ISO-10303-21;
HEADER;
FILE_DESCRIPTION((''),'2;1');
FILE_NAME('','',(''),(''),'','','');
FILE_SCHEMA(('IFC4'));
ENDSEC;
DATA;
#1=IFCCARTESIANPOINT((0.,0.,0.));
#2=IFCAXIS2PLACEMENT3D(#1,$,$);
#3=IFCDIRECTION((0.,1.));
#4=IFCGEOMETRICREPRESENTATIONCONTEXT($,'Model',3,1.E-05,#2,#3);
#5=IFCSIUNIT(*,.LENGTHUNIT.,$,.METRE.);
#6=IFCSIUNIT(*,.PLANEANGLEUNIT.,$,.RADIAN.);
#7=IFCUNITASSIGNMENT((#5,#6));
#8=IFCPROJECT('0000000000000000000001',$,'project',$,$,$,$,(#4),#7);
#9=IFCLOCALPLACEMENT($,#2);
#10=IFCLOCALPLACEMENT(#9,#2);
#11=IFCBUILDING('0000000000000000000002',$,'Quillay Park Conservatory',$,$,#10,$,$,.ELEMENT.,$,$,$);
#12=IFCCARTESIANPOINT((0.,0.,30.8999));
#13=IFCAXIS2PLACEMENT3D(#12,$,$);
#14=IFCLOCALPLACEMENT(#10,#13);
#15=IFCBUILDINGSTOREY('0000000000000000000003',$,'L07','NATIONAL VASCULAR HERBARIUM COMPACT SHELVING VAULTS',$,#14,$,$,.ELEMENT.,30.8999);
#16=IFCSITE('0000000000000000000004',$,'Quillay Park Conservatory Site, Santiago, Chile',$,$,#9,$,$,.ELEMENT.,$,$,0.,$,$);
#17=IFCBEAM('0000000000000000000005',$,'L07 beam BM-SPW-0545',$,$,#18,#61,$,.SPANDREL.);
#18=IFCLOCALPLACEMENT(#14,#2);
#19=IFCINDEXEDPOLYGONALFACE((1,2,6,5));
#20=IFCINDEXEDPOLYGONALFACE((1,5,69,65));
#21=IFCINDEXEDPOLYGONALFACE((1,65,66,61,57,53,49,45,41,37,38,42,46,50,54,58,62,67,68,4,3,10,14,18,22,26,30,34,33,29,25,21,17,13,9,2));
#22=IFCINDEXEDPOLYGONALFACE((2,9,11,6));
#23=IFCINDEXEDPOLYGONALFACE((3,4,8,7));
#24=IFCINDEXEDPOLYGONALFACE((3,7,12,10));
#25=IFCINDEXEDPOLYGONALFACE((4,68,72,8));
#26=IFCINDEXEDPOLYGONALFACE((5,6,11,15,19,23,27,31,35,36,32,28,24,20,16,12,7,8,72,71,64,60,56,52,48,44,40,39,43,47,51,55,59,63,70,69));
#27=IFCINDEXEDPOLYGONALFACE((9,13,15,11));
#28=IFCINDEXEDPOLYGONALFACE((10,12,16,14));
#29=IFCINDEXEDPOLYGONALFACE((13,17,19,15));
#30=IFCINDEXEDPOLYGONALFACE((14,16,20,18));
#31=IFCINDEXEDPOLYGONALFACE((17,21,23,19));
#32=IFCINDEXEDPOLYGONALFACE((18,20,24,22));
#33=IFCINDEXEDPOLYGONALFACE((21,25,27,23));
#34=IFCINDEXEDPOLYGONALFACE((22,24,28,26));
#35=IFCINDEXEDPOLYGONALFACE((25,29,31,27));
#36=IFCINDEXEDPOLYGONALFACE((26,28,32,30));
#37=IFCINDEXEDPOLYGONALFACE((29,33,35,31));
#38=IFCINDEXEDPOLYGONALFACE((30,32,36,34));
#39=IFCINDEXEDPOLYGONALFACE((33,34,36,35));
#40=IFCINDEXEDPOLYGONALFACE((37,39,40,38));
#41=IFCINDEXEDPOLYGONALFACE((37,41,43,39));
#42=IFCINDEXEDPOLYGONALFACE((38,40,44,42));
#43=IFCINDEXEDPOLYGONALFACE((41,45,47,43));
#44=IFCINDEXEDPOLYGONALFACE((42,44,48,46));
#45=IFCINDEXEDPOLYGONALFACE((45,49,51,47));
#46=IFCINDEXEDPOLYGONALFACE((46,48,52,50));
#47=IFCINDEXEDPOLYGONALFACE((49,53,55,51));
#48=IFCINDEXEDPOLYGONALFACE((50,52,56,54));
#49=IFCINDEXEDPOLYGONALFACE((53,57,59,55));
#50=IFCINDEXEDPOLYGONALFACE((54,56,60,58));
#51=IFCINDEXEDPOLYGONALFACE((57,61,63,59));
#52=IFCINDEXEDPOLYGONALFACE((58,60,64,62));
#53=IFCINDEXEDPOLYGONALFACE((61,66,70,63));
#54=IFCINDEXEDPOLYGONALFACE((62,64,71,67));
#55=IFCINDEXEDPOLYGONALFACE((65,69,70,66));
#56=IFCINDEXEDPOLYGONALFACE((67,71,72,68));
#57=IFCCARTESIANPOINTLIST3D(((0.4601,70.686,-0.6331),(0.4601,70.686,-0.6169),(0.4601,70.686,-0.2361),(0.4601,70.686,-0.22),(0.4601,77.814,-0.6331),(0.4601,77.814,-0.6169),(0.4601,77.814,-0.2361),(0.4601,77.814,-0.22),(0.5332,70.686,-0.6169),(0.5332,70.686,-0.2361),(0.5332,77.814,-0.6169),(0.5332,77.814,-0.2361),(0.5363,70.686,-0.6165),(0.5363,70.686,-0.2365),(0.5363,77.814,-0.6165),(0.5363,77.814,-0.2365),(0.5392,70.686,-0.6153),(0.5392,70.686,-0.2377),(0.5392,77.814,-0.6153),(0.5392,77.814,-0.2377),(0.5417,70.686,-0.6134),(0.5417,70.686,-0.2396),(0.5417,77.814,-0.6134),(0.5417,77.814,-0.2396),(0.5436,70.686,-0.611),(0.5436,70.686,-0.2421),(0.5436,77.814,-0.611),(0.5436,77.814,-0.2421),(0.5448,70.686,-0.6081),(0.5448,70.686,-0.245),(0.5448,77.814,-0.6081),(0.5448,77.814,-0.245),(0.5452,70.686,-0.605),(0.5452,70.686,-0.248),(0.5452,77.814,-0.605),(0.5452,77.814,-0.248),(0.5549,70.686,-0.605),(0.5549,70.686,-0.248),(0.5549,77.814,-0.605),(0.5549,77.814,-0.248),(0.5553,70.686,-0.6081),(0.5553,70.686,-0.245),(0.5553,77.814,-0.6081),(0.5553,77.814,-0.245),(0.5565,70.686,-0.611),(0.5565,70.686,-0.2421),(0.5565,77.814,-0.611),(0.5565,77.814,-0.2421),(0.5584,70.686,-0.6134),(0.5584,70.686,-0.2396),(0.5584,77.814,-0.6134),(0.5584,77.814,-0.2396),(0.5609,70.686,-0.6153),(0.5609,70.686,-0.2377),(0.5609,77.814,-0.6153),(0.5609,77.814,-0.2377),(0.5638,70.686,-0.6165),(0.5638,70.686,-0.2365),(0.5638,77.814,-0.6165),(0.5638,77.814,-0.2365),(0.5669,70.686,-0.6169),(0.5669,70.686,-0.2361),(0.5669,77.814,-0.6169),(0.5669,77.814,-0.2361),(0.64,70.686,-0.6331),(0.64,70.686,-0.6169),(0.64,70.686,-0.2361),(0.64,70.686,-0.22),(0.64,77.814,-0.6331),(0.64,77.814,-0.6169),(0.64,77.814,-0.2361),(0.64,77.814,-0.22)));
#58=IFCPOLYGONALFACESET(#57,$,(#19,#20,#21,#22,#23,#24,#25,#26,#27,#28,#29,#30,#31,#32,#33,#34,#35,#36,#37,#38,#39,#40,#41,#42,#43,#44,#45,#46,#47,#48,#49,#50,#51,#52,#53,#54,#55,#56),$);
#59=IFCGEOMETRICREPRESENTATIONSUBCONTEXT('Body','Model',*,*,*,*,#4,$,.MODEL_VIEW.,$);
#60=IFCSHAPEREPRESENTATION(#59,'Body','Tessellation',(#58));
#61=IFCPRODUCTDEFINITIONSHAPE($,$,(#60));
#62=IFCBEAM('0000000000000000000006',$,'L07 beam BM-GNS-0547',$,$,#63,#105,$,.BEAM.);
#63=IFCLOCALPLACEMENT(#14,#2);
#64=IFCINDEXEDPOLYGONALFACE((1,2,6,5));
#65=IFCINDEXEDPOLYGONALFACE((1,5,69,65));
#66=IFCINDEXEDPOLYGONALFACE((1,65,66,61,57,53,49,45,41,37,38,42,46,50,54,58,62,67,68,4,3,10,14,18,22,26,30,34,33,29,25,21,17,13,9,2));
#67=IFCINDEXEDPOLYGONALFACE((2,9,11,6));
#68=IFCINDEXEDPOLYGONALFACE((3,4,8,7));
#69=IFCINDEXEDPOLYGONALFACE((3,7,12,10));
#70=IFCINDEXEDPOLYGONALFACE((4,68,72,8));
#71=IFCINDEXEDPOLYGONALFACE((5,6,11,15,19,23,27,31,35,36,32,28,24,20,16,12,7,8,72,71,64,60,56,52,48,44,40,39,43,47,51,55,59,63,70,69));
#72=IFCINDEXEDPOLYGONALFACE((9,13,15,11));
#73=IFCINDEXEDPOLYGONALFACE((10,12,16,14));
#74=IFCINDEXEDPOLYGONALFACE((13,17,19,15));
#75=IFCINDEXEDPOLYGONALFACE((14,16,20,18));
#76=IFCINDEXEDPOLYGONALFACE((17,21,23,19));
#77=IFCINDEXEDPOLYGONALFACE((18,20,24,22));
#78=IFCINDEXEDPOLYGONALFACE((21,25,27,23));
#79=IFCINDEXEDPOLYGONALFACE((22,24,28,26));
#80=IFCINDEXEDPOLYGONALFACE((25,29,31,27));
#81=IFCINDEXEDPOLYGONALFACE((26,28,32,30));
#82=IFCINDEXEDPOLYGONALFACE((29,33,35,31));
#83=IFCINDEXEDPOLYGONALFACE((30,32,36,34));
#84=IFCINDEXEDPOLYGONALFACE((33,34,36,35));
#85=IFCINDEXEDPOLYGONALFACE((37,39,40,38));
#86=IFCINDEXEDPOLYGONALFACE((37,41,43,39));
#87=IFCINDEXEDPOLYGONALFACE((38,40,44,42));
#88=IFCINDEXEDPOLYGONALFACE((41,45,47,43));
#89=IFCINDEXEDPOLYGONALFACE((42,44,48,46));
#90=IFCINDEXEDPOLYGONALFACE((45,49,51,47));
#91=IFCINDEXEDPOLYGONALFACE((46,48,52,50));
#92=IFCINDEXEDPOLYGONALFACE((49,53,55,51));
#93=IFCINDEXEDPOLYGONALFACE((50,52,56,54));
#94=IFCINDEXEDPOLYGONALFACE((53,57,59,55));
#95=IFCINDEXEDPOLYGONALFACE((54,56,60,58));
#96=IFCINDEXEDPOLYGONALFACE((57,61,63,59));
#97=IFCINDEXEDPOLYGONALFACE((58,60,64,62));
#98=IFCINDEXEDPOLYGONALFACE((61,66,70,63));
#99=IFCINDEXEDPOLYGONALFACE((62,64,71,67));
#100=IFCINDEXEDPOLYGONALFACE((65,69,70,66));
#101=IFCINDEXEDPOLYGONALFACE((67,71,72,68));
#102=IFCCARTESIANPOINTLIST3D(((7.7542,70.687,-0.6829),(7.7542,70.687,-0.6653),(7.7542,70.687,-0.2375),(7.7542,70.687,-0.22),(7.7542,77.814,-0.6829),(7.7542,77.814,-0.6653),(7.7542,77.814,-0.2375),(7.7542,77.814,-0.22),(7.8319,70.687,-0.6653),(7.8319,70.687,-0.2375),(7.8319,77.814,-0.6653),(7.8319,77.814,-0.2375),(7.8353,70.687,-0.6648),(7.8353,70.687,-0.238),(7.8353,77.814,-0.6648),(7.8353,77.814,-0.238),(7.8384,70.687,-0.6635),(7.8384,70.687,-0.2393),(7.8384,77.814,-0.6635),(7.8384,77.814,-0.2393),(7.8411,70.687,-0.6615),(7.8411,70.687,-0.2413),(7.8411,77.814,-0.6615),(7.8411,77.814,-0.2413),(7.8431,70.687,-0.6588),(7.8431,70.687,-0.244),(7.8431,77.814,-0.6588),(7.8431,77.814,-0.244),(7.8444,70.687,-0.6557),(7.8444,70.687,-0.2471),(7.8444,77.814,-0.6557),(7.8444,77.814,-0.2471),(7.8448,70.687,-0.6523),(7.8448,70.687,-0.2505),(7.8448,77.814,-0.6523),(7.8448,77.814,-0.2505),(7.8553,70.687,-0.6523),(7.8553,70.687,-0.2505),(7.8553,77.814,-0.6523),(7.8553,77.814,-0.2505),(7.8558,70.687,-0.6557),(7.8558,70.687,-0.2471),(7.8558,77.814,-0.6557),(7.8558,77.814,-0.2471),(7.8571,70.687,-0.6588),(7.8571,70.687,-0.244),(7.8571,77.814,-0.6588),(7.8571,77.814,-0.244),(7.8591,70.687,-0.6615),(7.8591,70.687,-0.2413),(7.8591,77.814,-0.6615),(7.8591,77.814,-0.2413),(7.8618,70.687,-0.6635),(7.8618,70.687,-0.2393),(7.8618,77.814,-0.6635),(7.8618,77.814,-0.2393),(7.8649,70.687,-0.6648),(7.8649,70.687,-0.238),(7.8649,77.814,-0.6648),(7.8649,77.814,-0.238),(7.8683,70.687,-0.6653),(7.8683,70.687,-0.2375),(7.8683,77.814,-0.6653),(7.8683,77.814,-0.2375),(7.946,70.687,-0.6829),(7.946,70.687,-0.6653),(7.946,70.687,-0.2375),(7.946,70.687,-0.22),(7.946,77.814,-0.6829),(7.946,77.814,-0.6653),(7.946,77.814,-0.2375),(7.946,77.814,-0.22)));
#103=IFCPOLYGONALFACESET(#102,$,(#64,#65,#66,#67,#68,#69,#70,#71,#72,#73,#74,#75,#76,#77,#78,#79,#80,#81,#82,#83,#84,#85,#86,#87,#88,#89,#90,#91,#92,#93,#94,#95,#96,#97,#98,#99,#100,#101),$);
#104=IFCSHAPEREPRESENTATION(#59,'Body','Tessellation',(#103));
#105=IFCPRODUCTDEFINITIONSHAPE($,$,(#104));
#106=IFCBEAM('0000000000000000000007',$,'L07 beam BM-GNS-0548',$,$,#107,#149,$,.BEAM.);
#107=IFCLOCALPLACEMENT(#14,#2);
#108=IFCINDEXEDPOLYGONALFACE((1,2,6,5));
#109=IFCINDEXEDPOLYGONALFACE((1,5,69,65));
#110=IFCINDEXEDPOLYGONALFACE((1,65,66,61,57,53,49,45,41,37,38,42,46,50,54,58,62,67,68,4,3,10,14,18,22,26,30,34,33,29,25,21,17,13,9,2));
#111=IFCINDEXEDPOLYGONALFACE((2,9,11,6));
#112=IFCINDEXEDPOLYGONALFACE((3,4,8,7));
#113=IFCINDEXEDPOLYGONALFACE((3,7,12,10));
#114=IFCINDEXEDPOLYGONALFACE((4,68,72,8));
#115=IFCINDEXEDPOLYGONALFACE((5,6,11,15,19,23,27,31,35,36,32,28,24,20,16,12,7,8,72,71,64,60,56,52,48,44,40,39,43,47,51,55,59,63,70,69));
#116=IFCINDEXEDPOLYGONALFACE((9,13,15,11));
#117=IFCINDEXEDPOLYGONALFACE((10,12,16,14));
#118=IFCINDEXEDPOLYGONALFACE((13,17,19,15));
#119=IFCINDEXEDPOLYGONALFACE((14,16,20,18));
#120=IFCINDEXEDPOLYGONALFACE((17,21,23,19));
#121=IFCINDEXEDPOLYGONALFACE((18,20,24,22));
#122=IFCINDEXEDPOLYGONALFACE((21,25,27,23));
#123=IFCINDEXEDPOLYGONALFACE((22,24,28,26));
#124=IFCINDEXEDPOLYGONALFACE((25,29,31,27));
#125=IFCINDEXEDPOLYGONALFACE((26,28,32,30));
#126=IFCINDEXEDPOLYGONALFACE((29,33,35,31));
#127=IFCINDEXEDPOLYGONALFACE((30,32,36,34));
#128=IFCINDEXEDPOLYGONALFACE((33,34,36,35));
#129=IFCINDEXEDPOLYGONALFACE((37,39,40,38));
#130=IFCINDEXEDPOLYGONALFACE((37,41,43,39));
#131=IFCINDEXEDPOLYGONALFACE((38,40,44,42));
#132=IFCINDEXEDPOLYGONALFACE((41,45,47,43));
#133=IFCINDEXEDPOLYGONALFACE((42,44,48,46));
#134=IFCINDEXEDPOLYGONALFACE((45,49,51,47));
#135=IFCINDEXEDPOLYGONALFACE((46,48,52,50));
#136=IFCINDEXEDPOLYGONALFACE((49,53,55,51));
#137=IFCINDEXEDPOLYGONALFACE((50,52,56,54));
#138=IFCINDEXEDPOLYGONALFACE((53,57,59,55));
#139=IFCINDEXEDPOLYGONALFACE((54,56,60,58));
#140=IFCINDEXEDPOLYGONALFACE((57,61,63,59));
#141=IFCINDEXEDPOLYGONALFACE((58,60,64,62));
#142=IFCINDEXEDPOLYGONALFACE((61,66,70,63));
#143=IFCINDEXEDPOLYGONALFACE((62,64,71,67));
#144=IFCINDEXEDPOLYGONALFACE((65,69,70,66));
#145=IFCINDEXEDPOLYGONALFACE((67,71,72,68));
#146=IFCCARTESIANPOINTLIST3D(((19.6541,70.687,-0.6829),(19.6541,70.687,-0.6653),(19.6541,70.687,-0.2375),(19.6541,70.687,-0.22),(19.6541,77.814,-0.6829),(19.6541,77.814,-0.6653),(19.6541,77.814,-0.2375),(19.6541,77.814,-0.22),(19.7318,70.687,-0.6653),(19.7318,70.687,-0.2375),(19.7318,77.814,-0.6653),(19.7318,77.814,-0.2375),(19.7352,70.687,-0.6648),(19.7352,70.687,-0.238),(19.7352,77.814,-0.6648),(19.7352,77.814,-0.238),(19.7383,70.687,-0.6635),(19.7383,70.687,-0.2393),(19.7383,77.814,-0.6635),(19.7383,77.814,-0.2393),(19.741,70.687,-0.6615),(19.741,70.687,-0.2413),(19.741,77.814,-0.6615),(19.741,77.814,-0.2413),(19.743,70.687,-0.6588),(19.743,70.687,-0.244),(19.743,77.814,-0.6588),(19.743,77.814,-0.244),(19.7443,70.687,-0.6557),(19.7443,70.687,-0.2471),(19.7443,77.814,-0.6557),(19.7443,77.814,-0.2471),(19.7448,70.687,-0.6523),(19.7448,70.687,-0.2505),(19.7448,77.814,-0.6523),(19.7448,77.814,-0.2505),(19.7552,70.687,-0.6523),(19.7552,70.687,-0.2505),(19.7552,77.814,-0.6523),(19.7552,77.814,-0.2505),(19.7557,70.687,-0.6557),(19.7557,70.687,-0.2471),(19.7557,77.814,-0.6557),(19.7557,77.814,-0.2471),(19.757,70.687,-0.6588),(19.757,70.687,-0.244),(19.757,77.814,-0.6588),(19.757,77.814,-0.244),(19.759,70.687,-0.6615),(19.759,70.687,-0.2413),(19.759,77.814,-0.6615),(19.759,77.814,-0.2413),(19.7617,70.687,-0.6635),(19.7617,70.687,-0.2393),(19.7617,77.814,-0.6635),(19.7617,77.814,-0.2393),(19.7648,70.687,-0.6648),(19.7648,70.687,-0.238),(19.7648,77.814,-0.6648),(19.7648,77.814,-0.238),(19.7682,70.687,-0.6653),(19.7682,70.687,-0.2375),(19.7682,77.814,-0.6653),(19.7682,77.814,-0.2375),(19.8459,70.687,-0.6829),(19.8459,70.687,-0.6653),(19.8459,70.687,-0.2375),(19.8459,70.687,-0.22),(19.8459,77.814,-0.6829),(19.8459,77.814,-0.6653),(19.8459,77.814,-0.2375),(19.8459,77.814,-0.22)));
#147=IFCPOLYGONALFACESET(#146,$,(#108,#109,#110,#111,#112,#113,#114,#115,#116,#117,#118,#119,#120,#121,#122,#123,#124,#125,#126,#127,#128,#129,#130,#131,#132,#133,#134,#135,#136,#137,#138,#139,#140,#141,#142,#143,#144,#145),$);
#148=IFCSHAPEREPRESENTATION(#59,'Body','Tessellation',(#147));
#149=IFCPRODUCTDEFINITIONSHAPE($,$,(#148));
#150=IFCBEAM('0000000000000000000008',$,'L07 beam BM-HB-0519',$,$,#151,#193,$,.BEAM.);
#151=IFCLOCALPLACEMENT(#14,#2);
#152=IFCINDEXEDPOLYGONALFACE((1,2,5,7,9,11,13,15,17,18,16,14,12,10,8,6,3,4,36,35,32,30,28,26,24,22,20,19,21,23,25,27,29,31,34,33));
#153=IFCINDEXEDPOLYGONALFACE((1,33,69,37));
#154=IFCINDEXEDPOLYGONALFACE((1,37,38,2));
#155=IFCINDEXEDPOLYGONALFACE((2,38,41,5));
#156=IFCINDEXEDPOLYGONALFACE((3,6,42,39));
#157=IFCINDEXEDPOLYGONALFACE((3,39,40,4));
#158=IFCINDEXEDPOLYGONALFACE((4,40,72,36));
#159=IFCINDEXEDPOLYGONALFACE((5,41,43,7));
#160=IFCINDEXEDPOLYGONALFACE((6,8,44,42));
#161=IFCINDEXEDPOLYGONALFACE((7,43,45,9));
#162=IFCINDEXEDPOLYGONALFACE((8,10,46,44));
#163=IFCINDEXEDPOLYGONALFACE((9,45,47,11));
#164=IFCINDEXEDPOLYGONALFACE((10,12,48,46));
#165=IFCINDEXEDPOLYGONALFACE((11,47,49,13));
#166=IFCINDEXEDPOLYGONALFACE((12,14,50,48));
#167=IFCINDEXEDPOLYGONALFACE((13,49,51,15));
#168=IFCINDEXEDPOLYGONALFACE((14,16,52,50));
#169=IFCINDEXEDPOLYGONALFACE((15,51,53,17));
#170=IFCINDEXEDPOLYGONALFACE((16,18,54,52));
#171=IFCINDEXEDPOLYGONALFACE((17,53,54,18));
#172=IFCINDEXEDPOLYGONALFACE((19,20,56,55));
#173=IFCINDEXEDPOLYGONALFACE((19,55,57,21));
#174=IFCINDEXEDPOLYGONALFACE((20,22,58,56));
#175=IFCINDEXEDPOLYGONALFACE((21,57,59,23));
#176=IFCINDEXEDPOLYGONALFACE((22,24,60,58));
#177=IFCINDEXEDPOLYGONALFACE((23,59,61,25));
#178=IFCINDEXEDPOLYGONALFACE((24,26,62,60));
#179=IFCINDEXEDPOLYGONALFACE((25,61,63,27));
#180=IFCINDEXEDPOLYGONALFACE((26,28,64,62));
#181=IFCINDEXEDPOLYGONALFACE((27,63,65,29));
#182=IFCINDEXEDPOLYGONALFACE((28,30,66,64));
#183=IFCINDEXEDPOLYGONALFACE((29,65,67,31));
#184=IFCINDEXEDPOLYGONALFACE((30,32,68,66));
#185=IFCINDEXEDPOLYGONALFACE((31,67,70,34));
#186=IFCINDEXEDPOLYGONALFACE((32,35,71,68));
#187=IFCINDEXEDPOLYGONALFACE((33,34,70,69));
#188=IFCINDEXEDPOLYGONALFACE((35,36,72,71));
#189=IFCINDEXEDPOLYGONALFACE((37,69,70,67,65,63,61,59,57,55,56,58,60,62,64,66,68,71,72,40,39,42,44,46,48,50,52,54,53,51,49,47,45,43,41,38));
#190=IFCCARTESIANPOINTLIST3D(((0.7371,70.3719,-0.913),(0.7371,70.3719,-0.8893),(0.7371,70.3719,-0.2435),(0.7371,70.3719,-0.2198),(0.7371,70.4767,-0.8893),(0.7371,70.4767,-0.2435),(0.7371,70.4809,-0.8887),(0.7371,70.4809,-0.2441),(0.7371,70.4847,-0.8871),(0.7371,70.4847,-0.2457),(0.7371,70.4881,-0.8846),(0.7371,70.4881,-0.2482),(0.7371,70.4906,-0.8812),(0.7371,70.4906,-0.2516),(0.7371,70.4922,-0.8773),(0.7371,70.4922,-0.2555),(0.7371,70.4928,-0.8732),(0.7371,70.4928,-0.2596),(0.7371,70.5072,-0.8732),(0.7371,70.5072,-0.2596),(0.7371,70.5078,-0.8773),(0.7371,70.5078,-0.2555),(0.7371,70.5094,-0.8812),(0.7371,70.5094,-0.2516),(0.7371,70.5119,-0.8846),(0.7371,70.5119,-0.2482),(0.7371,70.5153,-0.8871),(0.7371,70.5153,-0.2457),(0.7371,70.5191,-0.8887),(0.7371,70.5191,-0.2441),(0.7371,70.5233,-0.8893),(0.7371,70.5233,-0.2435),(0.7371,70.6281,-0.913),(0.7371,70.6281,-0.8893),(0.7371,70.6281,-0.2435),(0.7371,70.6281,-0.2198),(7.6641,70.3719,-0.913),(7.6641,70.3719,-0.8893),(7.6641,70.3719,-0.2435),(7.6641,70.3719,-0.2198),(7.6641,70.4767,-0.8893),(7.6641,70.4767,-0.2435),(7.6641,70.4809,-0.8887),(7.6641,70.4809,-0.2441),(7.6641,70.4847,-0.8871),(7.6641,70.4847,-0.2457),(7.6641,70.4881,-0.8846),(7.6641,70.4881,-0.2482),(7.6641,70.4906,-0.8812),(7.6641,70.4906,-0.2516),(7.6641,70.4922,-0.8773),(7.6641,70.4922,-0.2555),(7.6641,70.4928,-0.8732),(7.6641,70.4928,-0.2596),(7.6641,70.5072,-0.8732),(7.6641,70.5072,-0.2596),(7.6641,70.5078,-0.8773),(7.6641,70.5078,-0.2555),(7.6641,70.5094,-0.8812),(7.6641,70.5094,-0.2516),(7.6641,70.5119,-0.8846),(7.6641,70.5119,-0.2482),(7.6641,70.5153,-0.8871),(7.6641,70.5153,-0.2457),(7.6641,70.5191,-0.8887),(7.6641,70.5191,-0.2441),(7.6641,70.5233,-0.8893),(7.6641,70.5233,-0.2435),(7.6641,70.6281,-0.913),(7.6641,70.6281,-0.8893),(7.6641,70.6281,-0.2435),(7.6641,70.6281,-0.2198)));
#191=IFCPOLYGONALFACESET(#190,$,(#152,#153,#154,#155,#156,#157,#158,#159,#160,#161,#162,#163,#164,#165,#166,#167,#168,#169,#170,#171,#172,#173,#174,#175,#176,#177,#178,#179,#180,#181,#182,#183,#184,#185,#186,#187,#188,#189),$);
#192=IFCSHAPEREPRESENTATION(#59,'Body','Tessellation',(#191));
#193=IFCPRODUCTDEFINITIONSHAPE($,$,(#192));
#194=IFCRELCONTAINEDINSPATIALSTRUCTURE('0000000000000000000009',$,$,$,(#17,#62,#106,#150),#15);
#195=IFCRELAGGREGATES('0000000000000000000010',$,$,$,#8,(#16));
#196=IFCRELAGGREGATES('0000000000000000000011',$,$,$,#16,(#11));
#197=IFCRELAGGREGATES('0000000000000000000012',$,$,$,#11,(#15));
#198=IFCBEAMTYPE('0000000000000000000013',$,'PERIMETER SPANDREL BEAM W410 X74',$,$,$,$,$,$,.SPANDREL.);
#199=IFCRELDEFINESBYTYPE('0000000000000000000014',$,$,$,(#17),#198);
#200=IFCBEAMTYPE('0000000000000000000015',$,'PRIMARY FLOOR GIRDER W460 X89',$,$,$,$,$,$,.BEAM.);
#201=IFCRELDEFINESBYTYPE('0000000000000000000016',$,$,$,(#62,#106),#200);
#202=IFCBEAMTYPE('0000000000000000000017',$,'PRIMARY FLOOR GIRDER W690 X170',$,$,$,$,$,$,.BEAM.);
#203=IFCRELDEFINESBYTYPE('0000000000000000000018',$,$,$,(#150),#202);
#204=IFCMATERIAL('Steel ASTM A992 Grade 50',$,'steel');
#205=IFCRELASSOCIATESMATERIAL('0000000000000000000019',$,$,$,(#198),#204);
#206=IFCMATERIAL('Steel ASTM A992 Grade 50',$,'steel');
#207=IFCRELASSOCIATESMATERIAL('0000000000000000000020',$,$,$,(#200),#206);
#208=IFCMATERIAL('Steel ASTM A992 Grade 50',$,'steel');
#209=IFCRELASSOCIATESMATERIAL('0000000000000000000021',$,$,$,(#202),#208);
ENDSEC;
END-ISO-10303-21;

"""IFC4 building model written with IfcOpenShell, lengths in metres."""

from ifc_helpers import new_model, si_unit, direction, frame, origin, origin_2d, place, context, subcontext, project, spatial, i_section, extrude, material, material_profile, profile_set, type_object, element, save


model = new_model("IFC4")

# Units and contexts
model_context = context("Model", 3, precision=1e-05, world=origin(), true_north=direction((0.0, 1.0)))
body_context = subcontext(model_context, "Body", "Model", "MODEL_VIEW")
ifc_project = project(units=[si_unit("LENGTHUNIT", "METRE"), si_unit("PLANEANGLEUNIT", "RADIAN")], contexts=[model_context])

# Site, building, storey
site_placement = place(None, origin())
site = spatial("IfcSite", under=ifc_project, at=site_placement, Name="Quillay Park Conservatory Site, Santiago, Chile", CompositionType="ELEMENT", RefElevation=0.0)
building_placement = place(site_placement, origin())
building = spatial("IfcBuilding", under=site, at=building_placement, Name="Quillay Park Conservatory", CompositionType="ELEMENT")
storey_placement = place(building_placement, frame((0.0, 0.0, 30.8999)))
storey = spatial("IfcBuildingStorey", under=building, at=storey_placement, Name="L07", Description="NATIONAL VASCULAR HERBARIUM COMPACT SHELVING VAULTS", CompositionType="ELEMENT", Elevation=30.8999)

# Beams
ifc_material_1 = material(Name="Steel ASTM A992 Grade 50", Category="steel")
ifc_material_profile_1 = material_profile(ifc_material_1, i_section(OverallWidth=0.1799, OverallDepth=0.4131, WebThickness=0.0098, FlangeThickness=0.0161, FilletRadius=0.012, at=origin_2d()), Name="W410x74")
ifc_profile_set_1 = profile_set([ifc_material_profile_1], Name="Steel ASTM A992 Grade 50")
beam_type_1 = type_object("IfcBeamType", Name="PERIMETER SPANDREL BEAM W410 X74", PredefinedType="SPANDREL", material=ifc_profile_set_1)
beam_1_placement = place(storey_placement, frame((0.55, 70.686, -0.4265), z_axis=(0.0, 1.0, 0.0), x_axis=(-1.0, 0.0, 0.0)))
element("IfcBeam", 1, at=beam_1_placement, inside=storey, type_object=beam_type_1, Name="L07 beam BM-SPW-0545", PredefinedType="SPANDREL", context=body_context, shape_type="SweptSolid", body=[
    extrude(i_section(OverallWidth=0.1799, OverallDepth=0.4131, WebThickness=0.0098, FlangeThickness=0.0161, FilletRadius=0.012, at=origin_2d()), origin(), (0.0, 0.0, 1.0), 7.1279),
])
ifc_material_2 = material(Name="Steel ASTM A992 Grade 50", Category="steel")
ifc_material_profile_2 = material_profile(ifc_material_2, i_section(OverallWidth=0.1919, OverallDepth=0.4629, WebThickness=0.0105, FlangeThickness=0.0176, FilletRadius=0.0129, at=origin_2d()), Name="W460x89")
ifc_profile_set_2 = profile_set([ifc_material_profile_2], Name="Steel ASTM A992 Grade 50")
beam_type_2 = type_object("IfcBeamType", Name="PRIMARY FLOOR GIRDER W460 X89", PredefinedType="BEAM", material=ifc_profile_set_2)
for number, where, z_axis, x_axis, name in (
    (2, (7.8501, 70.687, -0.4514), (0.0, 1.0, 0.0), (-1.0, 0.0, 0.0), "L07 beam BM-GNS-0547"),
    (3, (19.75, 70.687, -0.4514), (0.0, 1.0, 0.0), (-1.0, 0.0, 0.0), "L07 beam BM-GNS-0548"),
):
    element("IfcBeam", number, at=place(storey_placement, frame(where, z_axis=z_axis, x_axis=x_axis)), inside=storey, type_object=beam_type_2, Name=name, PredefinedType="BEAM", context=body_context, shape_type="SweptSolid", body=[
        extrude(i_section(OverallWidth=0.1919, OverallDepth=0.4629, WebThickness=0.0105, FlangeThickness=0.0176, FilletRadius=0.0129, at=origin_2d()), origin(), (0.0, 0.0, 1.0), 7.127),
    ])
ifc_material_3 = material(Name="Steel ASTM A992 Grade 50", Category="steel")
ifc_material_profile_3 = material_profile(ifc_material_3, i_section(OverallWidth=0.2561, OverallDepth=0.6931, WebThickness=0.0144, FlangeThickness=0.0237, FilletRadius=0.0161, at=origin_2d()), Name="W690x170")
ifc_profile_set_3 = profile_set([ifc_material_profile_3], Name="Steel ASTM A992 Grade 50")
beam_type_3 = type_object("IfcBeamType", Name="PRIMARY FLOOR GIRDER W690 X170", PredefinedType="BEAM", material=ifc_profile_set_3)
beam_2_placement = place(storey_placement, frame((0.7371, 70.5, -0.5664), z_axis=(1.0, 0.0, 0.0), x_axis=(0.0, 1.0, 0.0)))
element("IfcBeam", 4, at=beam_2_placement, inside=storey, type_object=beam_type_3, Name="L07 beam BM-HB-0519", PredefinedType="BEAM", context=body_context, shape_type="SweptSolid", body=[
    extrude(i_section(OverallWidth=0.2561, OverallDepth=0.6931, WebThickness=0.0144, FlangeThickness=0.0237, FilletRadius=0.0161, at=origin_2d()), origin(), (0.0, 0.0, 1.0), 6.927),
])

save(model, "model.ifc")
